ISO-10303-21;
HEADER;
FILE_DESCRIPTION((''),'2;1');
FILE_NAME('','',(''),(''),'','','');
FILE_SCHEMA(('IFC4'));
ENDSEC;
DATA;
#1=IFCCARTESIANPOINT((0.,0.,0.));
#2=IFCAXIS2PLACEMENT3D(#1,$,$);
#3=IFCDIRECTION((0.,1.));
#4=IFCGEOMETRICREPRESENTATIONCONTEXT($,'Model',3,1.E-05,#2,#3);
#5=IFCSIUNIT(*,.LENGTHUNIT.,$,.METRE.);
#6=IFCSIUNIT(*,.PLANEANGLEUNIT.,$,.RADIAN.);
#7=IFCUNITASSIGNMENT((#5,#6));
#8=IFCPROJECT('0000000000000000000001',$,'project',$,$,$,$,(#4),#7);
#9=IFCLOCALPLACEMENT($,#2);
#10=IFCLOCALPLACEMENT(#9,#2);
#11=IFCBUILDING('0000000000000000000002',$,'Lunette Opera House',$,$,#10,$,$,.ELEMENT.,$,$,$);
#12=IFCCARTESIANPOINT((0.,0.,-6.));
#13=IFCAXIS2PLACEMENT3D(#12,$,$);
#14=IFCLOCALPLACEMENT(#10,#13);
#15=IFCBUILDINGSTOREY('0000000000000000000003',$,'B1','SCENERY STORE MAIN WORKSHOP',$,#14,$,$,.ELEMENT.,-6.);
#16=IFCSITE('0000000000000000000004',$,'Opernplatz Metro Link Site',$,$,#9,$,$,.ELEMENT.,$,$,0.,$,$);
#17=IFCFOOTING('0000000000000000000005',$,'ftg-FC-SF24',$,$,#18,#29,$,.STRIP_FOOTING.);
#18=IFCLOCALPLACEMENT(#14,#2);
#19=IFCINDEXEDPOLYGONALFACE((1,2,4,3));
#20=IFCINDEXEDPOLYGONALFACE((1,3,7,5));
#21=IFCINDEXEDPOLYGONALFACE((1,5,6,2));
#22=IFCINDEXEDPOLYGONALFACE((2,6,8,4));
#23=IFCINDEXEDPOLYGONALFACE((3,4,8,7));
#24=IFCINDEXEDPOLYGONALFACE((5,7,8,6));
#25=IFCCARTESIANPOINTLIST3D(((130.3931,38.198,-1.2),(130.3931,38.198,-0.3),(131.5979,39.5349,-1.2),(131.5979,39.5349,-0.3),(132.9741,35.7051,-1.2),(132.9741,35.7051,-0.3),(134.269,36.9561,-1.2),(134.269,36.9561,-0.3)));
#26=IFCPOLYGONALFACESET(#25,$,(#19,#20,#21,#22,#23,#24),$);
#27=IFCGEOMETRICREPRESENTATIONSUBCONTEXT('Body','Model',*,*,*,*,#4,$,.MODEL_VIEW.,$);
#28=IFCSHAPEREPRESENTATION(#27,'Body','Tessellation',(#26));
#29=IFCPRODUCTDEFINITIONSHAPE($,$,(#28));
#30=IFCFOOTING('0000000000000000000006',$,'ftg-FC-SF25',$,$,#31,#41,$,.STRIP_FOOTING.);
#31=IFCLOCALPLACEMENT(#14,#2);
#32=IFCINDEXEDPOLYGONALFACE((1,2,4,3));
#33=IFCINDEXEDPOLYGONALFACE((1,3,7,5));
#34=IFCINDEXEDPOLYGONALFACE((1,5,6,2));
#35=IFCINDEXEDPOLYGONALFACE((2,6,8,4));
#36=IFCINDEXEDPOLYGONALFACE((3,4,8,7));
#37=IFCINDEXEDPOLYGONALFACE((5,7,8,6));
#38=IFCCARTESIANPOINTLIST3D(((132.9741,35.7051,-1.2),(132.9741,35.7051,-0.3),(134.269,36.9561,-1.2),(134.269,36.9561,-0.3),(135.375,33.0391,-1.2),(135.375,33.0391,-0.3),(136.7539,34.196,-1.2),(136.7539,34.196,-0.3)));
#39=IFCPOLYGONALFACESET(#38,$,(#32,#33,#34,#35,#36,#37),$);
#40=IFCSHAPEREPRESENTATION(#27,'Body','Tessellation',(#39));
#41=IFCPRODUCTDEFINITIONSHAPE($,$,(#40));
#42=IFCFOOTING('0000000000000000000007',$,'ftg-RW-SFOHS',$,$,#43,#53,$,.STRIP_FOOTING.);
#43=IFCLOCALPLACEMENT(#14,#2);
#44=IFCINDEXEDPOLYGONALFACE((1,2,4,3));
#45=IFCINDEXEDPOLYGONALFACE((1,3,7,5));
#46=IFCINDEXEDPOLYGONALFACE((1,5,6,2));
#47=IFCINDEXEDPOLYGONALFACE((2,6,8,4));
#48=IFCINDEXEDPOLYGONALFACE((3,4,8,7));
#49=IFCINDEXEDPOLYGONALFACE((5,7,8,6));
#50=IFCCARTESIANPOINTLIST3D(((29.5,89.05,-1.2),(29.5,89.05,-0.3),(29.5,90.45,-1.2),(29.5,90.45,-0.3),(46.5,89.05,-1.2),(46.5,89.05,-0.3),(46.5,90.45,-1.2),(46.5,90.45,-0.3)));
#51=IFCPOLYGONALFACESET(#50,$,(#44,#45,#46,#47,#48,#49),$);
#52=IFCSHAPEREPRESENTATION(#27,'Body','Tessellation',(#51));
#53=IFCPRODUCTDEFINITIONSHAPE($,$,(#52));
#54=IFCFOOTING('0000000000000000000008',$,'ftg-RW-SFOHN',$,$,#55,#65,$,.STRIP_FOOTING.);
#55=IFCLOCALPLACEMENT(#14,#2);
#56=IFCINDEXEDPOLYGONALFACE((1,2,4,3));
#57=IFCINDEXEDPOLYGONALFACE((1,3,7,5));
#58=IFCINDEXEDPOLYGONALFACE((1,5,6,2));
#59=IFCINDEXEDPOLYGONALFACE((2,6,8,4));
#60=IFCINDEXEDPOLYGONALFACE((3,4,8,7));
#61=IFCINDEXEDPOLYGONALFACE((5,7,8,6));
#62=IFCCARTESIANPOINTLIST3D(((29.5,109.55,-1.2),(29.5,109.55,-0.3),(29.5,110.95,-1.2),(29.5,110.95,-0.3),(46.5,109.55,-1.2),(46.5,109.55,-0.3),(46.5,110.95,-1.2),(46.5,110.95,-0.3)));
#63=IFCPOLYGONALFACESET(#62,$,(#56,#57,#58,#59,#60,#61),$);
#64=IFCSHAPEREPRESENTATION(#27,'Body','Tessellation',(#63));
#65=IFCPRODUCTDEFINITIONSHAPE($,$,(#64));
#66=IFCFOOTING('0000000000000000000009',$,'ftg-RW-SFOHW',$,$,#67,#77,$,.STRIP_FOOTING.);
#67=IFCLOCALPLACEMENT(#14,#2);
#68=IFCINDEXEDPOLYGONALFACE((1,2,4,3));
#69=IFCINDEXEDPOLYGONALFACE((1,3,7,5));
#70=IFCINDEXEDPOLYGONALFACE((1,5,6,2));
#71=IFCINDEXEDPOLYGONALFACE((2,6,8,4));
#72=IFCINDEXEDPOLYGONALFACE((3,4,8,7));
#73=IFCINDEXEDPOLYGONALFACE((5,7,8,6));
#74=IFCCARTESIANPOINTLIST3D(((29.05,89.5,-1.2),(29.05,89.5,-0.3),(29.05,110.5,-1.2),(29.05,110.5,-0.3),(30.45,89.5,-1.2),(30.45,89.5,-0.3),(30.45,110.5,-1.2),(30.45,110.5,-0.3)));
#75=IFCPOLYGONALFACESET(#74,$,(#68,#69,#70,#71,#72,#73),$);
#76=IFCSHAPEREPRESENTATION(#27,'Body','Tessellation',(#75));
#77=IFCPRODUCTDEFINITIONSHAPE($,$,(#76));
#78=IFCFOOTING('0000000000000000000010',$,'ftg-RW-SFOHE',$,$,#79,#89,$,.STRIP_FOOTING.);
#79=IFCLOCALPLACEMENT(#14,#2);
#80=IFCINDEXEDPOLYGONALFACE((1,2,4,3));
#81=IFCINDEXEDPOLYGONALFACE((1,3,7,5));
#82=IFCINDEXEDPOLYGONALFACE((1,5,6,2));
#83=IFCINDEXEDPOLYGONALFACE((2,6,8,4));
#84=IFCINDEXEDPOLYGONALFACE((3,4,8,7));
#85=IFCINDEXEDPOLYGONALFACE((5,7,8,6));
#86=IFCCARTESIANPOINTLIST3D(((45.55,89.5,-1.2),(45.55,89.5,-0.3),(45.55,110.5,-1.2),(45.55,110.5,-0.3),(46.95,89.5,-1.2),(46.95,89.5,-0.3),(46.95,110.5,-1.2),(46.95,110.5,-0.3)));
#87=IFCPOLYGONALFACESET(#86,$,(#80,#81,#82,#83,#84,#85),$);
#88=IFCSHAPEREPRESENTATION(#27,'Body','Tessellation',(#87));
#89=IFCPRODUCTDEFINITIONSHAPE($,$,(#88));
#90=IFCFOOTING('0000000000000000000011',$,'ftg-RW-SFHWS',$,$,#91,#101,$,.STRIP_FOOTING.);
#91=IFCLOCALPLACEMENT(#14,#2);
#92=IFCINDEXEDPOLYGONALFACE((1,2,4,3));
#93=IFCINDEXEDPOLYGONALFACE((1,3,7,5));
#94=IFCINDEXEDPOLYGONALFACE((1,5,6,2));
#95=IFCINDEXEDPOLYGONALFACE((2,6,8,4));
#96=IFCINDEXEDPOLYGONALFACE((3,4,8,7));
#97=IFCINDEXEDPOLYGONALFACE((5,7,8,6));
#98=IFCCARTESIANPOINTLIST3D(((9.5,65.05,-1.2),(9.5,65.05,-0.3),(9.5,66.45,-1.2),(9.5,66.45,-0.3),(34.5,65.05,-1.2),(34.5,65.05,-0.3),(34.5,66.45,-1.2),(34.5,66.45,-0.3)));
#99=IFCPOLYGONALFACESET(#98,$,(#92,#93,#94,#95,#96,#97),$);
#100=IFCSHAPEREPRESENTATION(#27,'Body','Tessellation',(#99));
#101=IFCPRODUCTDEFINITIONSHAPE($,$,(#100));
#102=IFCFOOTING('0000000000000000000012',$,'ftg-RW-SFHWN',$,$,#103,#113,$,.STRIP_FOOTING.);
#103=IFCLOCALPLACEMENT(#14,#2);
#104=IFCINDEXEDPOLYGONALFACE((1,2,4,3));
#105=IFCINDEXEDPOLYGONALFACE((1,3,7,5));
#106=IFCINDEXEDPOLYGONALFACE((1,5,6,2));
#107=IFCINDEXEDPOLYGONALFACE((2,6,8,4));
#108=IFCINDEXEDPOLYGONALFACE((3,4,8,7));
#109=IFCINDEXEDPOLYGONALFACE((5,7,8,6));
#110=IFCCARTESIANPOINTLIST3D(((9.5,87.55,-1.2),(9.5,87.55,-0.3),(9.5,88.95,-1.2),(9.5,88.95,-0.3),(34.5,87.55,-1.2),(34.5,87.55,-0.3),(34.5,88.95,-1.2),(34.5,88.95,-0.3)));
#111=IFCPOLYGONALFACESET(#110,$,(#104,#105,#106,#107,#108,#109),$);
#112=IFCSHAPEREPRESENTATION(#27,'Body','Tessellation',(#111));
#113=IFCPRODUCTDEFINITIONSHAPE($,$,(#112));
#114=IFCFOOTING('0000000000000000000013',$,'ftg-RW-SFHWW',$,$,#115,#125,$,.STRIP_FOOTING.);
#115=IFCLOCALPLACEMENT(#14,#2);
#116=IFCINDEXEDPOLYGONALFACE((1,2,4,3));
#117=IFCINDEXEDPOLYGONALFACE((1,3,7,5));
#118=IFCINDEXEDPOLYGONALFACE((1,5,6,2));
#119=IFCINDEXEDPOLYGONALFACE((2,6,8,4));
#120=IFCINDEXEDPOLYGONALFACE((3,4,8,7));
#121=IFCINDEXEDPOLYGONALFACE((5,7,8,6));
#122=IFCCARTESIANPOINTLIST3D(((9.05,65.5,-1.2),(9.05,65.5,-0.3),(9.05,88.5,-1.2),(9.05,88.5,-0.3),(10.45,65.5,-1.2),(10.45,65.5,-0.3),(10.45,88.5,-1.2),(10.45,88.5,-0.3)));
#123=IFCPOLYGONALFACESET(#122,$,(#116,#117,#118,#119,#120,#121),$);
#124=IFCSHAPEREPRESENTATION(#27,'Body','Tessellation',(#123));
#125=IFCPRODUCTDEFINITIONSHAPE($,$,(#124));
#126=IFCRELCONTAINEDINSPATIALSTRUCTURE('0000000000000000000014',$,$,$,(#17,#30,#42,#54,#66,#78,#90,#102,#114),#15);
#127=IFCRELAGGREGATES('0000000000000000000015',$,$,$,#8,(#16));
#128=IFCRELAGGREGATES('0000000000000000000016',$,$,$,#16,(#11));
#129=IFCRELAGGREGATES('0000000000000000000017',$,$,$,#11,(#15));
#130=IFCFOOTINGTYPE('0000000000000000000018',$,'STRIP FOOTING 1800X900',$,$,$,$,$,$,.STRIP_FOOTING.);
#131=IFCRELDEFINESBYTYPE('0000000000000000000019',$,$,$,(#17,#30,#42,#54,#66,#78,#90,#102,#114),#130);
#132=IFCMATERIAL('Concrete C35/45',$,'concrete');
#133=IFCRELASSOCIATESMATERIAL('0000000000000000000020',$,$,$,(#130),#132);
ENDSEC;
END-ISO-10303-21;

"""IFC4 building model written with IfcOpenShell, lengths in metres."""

from ifc_helpers import new_model, si_unit, direction, frame, origin, place, context, subcontext, project, spatial, polyline, outline, extrude, material, type_object, element, save


model = new_model("IFC4")

# Units and contexts
model_context = context("Model", 3, precision=1e-05, world=origin(), true_north=direction((0.0, 1.0)))
body_context = subcontext(model_context, "Body", "Model", "MODEL_VIEW")
ifc_project = project(units=[si_unit("LENGTHUNIT", "METRE"), si_unit("PLANEANGLEUNIT", "RADIAN")], contexts=[model_context])

# Site, building, storey
site_placement = place(None, origin())
site = spatial("IfcSite", under=ifc_project, at=site_placement, Name="Opernplatz Metro Link Site", CompositionType="ELEMENT", RefElevation=0.0)
building_placement = place(site_placement, origin())
building = spatial("IfcBuilding", under=site, at=building_placement, Name="Lunette Opera House", CompositionType="ELEMENT")
storey_placement = place(building_placement, frame((0.0, 0.0, -6.0)))
storey = spatial("IfcBuildingStorey", under=building, at=storey_placement, Name="B1", Description="SCENERY STORE MAIN WORKSHOP", CompositionType="ELEMENT", Elevation=-6.0)

# Footings
ifc_material_1 = material(Name="Concrete C35/45", Category="concrete")
footing_type_1 = type_object("IfcFootingType", Name="STRIP FOOTING 1800X900", PredefinedType="STRIP_FOOTING", material=ifc_material_1)
footing_1_placement = place(storey_placement, frame((0.0, 0.0, -1.2)))
element("IfcFooting", 1, at=footing_1_placement, inside=storey, type_object=footing_type_1, Name="ftg-FC-SF24", PredefinedType="STRIP_FOOTING", context=body_context, shape_type="SweptSolid", body=[
    extrude(outline(polyline([(130.3931, 38.198), (132.9741, 35.7051), (134.269, 36.9561), (131.5979, 39.5349), (130.3931, 38.198)])), origin(), (0.0, 0.0, 1.0), 0.8999),
])
footing_2_placement = place(storey_placement, frame((0.0, 0.0, -1.2)))
element("IfcFooting", 2, at=footing_2_placement, inside=storey, type_object=footing_type_1, Name="ftg-FC-SF25", PredefinedType="STRIP_FOOTING", context=body_context, shape_type="SweptSolid", body=[
    extrude(outline(polyline([(132.9741, 35.7051), (135.375, 33.0391), (136.7539, 34.196), (134.269, 36.9561), (132.9741, 35.7051)])), origin(), (0.0, 0.0, 1.0), 0.8999),
])
footing_3_placement = place(storey_placement, frame((0.0, 0.0, -1.2)))
element("IfcFooting", 3, at=footing_3_placement, inside=storey, type_object=footing_type_1, Name="ftg-RW-SFOHS", PredefinedType="STRIP_FOOTING", context=body_context, shape_type="SweptSolid", body=[
    extrude(outline(polyline([(29.5, 90.45), (29.5, 89.05), (46.5, 89.05), (46.5, 90.45), (29.5, 90.45)])), origin(), (0.0, 0.0, 1.0), 0.8999),
])
footing_4_placement = place(storey_placement, frame((0.0, 0.0, -1.2)))
element("IfcFooting", 4, at=footing_4_placement, inside=storey, type_object=footing_type_1, Name="ftg-RW-SFOHN", PredefinedType="STRIP_FOOTING", context=body_context, shape_type="SweptSolid", body=[
    extrude(outline(polyline([(29.5, 110.95), (29.5, 109.55), (46.5, 109.55), (46.5, 110.95), (29.5, 110.95)])), origin(), (0.0, 0.0, 1.0), 0.8999),
])
footing_5_placement = place(storey_placement, frame((0.0, 0.0, -1.2)))
element("IfcFooting", 5, at=footing_5_placement, inside=storey, type_object=footing_type_1, Name="ftg-RW-SFOHW", PredefinedType="STRIP_FOOTING", context=body_context, shape_type="SweptSolid", body=[
    extrude(outline(polyline([(29.05, 89.5), (30.45, 89.5), (30.45, 110.5), (29.05, 110.5), (29.05, 89.5)])), origin(), (0.0, 0.0, 1.0), 0.8999),
])
footing_6_placement = place(storey_placement, frame((0.0, 0.0, -1.2)))
element("IfcFooting", 6, at=footing_6_placement, inside=storey, type_object=footing_type_1, Name="ftg-RW-SFOHE", PredefinedType="STRIP_FOOTING", context=body_context, shape_type="SweptSolid", body=[
    extrude(outline(polyline([(45.55, 89.5), (46.95, 89.5), (46.95, 110.5), (45.55, 110.5), (45.55, 89.5)])), origin(), (0.0, 0.0, 1.0), 0.8999),
])
footing_7_placement = place(storey_placement, frame((0.0, 0.0, -1.2)))
element("IfcFooting", 7, at=footing_7_placement, inside=storey, type_object=footing_type_1, Name="ftg-RW-SFHWS", PredefinedType="STRIP_FOOTING", context=body_context, shape_type="SweptSolid", body=[
    extrude(outline(polyline([(9.5, 66.45), (9.5, 65.05), (34.5, 65.05), (34.5, 66.45), (9.5, 66.45)])), origin(), (0.0, 0.0, 1.0), 0.8999),
])
footing_8_placement = place(storey_placement, frame((0.0, 0.0, -1.2)))
element("IfcFooting", 8, at=footing_8_placement, inside=storey, type_object=footing_type_1, Name="ftg-RW-SFHWN", PredefinedType="STRIP_FOOTING", context=body_context, shape_type="SweptSolid", body=[
    extrude(outline(polyline([(9.5, 88.95), (9.5, 87.55), (34.5, 87.55), (34.5, 88.95), (9.5, 88.95)])), origin(), (0.0, 0.0, 1.0), 0.8999),
])
footing_9_placement = place(storey_placement, frame((0.0, 0.0, -1.2)))
element("IfcFooting", 9, at=footing_9_placement, inside=storey, type_object=footing_type_1, Name="ftg-RW-SFHWW", PredefinedType="STRIP_FOOTING", context=body_context, shape_type="SweptSolid", body=[
    extrude(outline(polyline([(9.05, 65.5), (10.45, 65.5), (10.45, 88.5), (9.05, 88.5), (9.05, 65.5)])), origin(), (0.0, 0.0, 1.0), 0.8999),
])

save(model, "model.ifc")
